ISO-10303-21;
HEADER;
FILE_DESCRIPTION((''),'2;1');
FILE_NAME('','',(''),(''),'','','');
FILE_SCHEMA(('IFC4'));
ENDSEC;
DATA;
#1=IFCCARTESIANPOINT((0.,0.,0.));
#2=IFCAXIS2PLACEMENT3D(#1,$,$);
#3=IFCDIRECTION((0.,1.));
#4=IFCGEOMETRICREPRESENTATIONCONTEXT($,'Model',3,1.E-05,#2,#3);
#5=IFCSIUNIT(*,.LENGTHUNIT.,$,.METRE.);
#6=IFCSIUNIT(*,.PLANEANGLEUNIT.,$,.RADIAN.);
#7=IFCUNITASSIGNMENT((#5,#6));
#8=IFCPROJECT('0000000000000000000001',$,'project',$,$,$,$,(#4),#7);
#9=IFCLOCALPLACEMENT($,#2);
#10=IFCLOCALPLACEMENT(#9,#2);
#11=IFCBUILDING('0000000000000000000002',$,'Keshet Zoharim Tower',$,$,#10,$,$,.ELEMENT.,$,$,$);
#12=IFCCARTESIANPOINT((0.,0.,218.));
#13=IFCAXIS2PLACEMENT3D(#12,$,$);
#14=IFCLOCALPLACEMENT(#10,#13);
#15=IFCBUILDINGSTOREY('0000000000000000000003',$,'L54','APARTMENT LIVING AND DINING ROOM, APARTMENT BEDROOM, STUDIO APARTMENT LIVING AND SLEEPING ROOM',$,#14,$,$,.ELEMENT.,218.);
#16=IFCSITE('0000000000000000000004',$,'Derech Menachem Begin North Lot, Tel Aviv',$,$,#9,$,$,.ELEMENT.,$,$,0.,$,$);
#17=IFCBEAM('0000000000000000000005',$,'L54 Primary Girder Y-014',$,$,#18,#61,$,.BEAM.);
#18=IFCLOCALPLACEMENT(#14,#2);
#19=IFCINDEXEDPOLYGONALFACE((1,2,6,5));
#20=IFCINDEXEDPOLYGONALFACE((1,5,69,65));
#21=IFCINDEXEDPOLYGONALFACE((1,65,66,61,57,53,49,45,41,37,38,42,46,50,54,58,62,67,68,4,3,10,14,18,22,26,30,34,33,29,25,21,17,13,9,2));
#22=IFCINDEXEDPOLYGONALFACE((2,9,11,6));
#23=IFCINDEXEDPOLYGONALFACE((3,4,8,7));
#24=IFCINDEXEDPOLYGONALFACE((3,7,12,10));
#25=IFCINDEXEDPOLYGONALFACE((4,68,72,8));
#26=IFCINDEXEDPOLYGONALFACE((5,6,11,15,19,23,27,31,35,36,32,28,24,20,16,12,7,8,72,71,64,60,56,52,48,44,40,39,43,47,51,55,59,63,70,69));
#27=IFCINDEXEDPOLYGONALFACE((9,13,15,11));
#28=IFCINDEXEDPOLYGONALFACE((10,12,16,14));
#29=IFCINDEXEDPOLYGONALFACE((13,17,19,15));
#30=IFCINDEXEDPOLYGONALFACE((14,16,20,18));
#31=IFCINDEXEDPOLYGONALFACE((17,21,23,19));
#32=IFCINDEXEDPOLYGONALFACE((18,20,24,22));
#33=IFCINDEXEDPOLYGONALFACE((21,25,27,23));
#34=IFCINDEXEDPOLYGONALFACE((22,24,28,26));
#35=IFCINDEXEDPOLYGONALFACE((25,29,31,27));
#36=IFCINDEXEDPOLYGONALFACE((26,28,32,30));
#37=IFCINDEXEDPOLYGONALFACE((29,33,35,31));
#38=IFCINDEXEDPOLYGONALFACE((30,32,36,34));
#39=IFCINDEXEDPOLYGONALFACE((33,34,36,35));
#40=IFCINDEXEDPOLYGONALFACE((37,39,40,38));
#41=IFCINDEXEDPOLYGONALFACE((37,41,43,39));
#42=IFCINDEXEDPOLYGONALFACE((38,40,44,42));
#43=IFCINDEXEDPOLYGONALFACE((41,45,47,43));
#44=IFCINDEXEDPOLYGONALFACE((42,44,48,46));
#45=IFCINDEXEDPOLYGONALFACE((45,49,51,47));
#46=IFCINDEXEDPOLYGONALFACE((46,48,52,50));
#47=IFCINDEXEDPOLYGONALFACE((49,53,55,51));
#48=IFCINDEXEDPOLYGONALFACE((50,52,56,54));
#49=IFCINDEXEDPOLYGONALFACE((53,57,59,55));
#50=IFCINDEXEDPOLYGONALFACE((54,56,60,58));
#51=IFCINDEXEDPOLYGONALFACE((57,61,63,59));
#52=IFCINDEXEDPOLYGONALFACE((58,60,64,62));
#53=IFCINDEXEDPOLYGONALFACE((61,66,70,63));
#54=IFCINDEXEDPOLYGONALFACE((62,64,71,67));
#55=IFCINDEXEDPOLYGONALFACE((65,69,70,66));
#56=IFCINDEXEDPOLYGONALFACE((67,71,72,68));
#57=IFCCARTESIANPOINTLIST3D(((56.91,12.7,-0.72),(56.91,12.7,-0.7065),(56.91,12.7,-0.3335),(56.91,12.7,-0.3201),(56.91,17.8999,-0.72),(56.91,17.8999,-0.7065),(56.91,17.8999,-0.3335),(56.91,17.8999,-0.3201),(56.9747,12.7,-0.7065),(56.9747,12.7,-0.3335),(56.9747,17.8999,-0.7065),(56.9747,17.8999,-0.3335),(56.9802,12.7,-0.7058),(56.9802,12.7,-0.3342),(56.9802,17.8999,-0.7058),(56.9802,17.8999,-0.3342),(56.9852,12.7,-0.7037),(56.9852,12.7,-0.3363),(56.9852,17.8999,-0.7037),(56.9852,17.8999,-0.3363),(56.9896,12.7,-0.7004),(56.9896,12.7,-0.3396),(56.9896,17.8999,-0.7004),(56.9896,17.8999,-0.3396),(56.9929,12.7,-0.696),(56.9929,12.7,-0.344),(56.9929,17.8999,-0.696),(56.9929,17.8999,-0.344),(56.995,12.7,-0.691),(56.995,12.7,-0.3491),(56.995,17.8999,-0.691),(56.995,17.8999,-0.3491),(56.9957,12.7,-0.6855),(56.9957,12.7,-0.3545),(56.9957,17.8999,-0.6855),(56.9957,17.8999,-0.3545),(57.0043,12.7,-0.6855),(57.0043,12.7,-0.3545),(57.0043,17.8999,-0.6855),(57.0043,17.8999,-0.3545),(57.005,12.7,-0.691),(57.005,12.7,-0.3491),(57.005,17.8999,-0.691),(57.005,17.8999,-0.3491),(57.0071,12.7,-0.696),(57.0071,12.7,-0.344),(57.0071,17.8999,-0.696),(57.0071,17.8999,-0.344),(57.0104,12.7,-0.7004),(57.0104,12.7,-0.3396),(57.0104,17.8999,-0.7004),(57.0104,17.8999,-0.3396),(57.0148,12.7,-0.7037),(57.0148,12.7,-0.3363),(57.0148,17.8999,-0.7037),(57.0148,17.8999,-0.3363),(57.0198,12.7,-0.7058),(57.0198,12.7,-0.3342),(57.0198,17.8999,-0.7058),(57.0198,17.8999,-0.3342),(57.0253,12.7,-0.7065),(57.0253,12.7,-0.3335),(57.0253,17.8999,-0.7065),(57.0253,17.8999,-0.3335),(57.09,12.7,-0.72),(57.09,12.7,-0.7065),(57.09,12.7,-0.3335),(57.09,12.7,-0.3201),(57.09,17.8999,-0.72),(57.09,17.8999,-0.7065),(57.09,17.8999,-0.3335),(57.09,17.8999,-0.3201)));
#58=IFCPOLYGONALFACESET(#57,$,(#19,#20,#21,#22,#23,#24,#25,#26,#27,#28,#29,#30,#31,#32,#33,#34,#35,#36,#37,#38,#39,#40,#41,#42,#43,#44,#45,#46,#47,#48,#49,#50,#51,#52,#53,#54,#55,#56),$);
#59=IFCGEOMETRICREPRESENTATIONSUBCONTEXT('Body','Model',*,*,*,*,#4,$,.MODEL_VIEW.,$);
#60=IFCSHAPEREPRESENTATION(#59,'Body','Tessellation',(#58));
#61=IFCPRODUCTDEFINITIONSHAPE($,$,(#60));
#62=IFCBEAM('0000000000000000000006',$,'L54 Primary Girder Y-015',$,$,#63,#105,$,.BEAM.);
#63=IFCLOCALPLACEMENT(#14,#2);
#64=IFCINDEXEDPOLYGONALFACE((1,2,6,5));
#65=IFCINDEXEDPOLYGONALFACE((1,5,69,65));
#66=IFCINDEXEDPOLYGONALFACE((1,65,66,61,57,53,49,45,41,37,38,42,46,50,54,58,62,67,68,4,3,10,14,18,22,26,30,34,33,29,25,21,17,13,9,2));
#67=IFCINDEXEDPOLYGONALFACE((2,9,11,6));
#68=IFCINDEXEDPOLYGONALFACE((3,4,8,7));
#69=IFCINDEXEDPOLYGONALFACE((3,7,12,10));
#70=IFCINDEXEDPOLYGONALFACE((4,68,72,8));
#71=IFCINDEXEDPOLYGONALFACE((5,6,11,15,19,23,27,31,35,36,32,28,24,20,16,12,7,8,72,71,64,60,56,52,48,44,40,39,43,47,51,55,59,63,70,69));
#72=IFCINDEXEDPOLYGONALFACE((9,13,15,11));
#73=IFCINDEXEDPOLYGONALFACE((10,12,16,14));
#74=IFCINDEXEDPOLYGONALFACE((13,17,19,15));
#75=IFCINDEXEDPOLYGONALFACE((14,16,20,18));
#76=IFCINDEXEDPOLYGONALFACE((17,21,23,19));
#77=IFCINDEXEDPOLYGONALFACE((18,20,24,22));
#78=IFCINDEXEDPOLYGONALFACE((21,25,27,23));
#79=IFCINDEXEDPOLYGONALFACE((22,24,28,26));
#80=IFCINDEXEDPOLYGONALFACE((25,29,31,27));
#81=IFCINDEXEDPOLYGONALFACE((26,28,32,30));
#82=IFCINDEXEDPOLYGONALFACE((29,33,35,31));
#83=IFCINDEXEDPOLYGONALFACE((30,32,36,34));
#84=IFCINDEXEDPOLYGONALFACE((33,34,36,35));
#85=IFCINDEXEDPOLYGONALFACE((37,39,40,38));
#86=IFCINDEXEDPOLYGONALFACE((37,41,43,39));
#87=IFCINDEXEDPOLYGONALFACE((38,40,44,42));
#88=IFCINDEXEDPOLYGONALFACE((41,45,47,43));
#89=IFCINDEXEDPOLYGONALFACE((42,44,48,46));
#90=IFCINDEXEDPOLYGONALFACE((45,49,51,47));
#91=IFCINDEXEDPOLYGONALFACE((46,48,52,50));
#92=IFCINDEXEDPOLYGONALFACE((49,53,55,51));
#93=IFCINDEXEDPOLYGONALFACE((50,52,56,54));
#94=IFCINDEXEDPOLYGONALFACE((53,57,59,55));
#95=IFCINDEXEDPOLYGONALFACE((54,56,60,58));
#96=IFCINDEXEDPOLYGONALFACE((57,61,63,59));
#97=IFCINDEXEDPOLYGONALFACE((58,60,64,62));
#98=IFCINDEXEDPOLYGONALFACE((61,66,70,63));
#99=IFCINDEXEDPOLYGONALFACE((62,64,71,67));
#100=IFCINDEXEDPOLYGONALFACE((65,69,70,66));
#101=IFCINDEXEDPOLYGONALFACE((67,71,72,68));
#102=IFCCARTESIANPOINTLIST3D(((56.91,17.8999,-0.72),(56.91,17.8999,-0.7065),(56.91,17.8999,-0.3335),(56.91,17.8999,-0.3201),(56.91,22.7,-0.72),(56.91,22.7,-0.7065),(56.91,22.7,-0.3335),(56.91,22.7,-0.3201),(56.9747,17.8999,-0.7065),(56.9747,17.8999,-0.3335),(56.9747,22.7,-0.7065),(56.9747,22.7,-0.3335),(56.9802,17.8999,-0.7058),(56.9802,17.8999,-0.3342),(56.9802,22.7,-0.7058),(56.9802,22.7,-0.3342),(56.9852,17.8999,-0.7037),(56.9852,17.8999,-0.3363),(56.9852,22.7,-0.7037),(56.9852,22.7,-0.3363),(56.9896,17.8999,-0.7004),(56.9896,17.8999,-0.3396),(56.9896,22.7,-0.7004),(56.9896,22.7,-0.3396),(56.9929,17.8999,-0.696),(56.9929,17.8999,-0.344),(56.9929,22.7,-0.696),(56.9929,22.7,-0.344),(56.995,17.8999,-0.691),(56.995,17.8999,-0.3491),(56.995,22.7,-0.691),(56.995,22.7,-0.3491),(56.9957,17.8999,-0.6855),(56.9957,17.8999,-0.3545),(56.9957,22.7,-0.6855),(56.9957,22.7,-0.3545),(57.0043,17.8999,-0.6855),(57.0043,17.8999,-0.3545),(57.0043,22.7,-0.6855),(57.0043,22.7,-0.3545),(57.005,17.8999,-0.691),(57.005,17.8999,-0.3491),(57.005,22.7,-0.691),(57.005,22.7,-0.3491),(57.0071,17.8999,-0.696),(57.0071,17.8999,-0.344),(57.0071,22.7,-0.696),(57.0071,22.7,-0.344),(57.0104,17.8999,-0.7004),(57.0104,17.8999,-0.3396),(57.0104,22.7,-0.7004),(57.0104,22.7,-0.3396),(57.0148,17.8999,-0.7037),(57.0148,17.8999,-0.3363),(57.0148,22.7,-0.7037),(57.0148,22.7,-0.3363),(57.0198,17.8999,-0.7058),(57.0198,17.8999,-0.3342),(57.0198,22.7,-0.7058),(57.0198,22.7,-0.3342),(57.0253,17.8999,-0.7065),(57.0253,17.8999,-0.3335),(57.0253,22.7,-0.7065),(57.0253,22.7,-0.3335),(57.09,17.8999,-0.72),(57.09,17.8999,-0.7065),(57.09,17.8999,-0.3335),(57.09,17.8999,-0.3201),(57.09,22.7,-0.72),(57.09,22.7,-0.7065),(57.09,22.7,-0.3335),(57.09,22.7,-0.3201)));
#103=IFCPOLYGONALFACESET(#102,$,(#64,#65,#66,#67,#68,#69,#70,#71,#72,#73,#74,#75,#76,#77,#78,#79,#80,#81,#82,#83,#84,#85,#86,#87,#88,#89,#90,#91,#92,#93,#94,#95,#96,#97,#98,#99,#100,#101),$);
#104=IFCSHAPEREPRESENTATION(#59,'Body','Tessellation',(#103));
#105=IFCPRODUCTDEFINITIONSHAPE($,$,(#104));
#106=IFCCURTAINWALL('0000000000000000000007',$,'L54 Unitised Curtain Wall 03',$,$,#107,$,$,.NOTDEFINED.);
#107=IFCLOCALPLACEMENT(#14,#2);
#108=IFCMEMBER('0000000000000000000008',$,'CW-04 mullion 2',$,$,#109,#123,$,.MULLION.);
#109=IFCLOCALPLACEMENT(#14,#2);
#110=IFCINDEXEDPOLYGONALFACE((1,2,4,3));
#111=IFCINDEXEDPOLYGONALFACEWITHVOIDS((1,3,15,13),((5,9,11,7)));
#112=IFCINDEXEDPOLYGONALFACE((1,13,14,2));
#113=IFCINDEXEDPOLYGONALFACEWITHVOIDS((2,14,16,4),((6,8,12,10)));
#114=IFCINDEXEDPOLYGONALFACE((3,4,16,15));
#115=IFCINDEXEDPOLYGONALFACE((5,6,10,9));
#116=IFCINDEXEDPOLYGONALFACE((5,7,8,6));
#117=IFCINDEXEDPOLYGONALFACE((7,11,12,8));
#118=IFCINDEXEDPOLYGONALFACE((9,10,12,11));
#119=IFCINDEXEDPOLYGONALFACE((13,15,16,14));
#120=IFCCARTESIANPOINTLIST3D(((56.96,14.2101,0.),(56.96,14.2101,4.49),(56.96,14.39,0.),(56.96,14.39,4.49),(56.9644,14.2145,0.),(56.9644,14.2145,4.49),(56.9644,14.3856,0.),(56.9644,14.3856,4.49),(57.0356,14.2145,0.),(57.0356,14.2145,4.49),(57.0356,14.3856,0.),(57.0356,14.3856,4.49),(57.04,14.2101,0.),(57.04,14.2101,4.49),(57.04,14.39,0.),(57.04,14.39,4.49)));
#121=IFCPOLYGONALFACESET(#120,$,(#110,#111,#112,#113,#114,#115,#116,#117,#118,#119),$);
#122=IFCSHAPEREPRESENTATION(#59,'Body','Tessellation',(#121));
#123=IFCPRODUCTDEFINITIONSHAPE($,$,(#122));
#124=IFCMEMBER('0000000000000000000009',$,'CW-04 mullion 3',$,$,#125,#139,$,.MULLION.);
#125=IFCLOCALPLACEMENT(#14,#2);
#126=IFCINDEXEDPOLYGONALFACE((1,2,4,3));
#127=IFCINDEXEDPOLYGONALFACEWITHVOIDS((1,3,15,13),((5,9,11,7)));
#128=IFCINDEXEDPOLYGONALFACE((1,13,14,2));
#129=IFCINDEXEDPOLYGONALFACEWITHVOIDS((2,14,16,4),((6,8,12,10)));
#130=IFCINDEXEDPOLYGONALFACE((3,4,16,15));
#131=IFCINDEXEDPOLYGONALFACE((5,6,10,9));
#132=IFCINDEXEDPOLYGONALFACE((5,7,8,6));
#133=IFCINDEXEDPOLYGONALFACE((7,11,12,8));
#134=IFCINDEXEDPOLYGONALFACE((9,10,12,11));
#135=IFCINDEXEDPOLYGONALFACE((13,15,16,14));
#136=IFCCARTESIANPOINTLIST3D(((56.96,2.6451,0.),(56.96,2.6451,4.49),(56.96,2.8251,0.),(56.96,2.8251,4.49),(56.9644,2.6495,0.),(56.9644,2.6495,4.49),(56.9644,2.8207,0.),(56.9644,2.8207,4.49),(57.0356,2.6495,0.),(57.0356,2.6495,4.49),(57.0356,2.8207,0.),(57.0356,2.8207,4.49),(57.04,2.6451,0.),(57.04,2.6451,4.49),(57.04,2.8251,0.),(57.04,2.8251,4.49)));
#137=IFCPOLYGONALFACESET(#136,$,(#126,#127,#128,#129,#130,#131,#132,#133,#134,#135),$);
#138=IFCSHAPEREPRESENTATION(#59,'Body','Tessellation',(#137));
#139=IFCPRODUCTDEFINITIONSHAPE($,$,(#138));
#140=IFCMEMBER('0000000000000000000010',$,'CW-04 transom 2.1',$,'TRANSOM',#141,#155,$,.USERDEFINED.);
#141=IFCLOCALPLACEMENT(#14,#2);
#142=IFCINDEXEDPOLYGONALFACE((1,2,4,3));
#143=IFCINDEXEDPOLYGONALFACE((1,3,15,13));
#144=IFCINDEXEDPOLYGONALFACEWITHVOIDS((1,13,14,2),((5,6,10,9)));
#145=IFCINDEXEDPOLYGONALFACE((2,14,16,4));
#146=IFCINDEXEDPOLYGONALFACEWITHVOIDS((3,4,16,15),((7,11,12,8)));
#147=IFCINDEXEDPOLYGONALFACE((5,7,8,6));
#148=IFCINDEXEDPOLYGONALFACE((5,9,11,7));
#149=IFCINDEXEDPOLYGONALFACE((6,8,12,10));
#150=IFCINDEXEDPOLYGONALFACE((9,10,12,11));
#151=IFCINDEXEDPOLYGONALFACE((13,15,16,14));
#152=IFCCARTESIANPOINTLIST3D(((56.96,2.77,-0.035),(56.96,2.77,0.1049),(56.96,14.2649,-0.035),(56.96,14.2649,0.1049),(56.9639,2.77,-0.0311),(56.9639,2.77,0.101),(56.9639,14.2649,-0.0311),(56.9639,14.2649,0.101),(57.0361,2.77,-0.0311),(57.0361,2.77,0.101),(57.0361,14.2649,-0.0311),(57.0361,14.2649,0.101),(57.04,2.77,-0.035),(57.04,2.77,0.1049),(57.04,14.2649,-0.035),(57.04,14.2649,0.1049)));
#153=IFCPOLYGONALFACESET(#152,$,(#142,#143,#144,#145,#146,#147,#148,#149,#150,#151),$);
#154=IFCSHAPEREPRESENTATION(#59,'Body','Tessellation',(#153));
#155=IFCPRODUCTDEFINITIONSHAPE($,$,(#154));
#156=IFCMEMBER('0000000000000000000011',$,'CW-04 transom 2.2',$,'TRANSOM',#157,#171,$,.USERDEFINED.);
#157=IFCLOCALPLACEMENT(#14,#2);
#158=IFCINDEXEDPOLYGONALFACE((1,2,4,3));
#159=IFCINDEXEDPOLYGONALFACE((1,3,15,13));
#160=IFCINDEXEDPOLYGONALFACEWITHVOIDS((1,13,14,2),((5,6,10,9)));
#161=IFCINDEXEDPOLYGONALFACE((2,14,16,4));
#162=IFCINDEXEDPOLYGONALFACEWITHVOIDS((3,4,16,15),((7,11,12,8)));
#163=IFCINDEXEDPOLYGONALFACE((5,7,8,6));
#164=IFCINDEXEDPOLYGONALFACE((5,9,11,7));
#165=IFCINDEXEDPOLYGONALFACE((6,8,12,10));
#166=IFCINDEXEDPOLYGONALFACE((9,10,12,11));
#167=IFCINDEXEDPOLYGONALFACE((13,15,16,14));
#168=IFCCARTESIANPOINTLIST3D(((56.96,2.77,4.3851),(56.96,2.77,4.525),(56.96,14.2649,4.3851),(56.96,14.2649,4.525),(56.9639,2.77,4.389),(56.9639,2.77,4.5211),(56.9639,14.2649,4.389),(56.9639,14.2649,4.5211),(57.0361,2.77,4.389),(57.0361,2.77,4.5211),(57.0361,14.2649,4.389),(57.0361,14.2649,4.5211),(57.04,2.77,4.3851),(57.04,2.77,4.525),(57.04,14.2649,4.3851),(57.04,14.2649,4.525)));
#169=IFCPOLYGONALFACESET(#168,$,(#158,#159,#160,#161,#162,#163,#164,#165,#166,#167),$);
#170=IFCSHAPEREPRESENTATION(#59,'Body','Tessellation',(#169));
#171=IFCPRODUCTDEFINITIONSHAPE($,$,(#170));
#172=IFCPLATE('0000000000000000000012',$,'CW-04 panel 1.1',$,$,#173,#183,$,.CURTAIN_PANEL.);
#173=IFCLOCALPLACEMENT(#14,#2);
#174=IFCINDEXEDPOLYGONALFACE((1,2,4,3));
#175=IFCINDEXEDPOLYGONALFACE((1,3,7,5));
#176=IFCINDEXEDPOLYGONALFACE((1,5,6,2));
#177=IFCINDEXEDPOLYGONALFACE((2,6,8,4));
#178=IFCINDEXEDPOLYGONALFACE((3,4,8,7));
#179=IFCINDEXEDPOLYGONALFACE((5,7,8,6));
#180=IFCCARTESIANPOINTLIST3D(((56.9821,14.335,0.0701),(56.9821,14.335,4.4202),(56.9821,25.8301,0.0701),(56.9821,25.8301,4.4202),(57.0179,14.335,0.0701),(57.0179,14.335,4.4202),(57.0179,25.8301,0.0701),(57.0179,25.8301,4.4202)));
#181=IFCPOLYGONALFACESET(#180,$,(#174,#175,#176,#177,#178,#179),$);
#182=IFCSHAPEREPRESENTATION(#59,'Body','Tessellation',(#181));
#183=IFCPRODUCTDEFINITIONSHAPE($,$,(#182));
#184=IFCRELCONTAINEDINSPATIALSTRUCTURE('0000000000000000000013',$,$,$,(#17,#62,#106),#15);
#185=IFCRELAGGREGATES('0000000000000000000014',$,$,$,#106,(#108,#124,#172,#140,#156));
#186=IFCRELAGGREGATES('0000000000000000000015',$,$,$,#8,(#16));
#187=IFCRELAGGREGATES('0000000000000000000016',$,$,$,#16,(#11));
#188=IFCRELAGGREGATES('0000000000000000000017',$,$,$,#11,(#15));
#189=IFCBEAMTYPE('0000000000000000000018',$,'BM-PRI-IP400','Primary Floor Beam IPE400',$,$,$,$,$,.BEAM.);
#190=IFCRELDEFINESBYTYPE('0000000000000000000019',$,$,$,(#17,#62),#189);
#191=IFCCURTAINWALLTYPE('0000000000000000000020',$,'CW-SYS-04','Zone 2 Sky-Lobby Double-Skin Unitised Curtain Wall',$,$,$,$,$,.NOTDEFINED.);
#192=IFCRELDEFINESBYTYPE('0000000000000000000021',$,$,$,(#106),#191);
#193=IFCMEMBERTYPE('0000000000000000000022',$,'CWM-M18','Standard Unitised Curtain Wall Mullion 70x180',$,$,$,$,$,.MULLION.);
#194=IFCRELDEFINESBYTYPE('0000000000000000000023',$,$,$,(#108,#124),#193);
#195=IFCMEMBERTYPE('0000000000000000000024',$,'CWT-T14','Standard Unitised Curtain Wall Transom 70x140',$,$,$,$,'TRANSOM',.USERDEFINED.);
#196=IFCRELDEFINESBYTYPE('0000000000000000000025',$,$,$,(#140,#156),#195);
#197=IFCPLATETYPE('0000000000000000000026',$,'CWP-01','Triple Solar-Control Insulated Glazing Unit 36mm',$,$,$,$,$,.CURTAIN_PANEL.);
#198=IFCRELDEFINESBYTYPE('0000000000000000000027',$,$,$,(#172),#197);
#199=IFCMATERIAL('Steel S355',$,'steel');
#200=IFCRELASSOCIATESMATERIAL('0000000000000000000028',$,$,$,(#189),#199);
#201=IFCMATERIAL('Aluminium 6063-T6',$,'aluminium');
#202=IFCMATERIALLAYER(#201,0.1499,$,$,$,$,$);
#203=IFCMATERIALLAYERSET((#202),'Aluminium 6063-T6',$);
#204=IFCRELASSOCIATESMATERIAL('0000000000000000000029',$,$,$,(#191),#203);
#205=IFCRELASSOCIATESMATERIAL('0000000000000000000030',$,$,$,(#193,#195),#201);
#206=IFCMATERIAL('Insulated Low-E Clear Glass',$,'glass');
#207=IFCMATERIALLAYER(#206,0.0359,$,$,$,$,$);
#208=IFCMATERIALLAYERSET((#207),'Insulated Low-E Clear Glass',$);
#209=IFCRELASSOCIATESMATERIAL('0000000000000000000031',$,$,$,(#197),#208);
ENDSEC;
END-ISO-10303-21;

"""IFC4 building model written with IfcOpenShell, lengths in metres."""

from ifc_helpers import new_model, si_unit, direction, frame, origin, origin_2d, place, context, subcontext, project, spatial, rectangle, hollow_rectangle, i_section, extrude, material, layer, layer_set, material_profile, profile_set, type_object, element, aggregate, save


model = new_model("IFC4")

# Units and contexts
model_context = context("Model", 3, precision=1e-05, world=origin(), true_north=direction((0.0, 1.0)))
body_context = subcontext(model_context, "Body", "Model", "MODEL_VIEW")
ifc_project = project(units=[si_unit("LENGTHUNIT", "METRE"), si_unit("PLANEANGLEUNIT", "RADIAN")], contexts=[model_context])

# Site, building, storey
site_placement = place(None, origin())
site = spatial("IfcSite", under=ifc_project, at=site_placement, Name="Derech Menachem Begin North Lot, Tel Aviv", CompositionType="ELEMENT", RefElevation=0.0)
building_placement = place(site_placement, origin())
building = spatial("IfcBuilding", under=site, at=building_placement, Name="Keshet Zoharim Tower", CompositionType="ELEMENT")
storey_placement = place(building_placement, frame((0.0, 0.0, 218.0)))
storey = spatial("IfcBuildingStorey", under=building, at=storey_placement, Name="L54", Description="APARTMENT LIVING AND DINING ROOM, APARTMENT BEDROOM, STUDIO APARTMENT LIVING AND SLEEPING ROOM", CompositionType="ELEMENT", Elevation=218.0)

# Shared definitions
ifc_material_1 = material(Name="Steel S355", Category="steel")

# Beams
ifc_material_profile_1 = material_profile(ifc_material_1, i_section(OverallWidth=0.1799, OverallDepth=0.3999, WebThickness=0.0085, FlangeThickness=0.0134, FilletRadius=0.021, at=origin_2d()), Name="IPE400")
ifc_profile_set_1 = profile_set([ifc_material_profile_1], Name="Steel S355")
beam_type = type_object("IfcBeamType", Name="BM-PRI-IP400", Description="Primary Floor Beam IPE400", PredefinedType="BEAM", material=ifc_profile_set_1)
beam_1_placement = place(storey_placement, frame((57.0, 12.7, -0.52), z_axis=(0.0, 1.0, 0.0), x_axis=(-1.0, 0.0, 0.0)))
element("IfcBeam", 1, at=beam_1_placement, inside=storey, type_object=beam_type, Name="L54 Primary Girder Y-014", PredefinedType="BEAM", context=body_context, shape_type="SweptSolid", body=[
    extrude(i_section(OverallWidth=0.1799, OverallDepth=0.3999, WebThickness=0.0085, FlangeThickness=0.0134, FilletRadius=0.021, at=origin_2d()), origin(), (0.0, 0.0, 1.0), 5.2),
])
beam_2_placement = place(storey_placement, frame((57.0, 17.8999, -0.52), z_axis=(0.0, 1.0, 0.0), x_axis=(-1.0, 0.0, 0.0)))
element("IfcBeam", 2, at=beam_2_placement, inside=storey, type_object=beam_type, Name="L54 Primary Girder Y-015", PredefinedType="BEAM", context=body_context, shape_type="SweptSolid", body=[
    extrude(i_section(OverallWidth=0.1799, OverallDepth=0.3999, WebThickness=0.0085, FlangeThickness=0.0134, FilletRadius=0.021, at=origin_2d()), origin(), (0.0, 0.0, 1.0), 4.8),
])

# Curtain wall, members, plate
ifc_material_2 = material(Name="Aluminium 6063-T6", Category="aluminium")
ifc_layer_1 = layer(ifc_material_2, 0.1499)
ifc_layer_set_1 = layer_set([ifc_layer_1], Name="Aluminium 6063-T6")
curtain_wall_type = type_object("IfcCurtainWallType", Name="CW-SYS-04", Description="Zone 2 Sky-Lobby Double-Skin Unitised Curtain Wall", PredefinedType="NOTDEFINED", material=ifc_layer_set_1)
curtain_wall_placement = place(storey_placement, origin())
curtain_wall = element("IfcCurtainWall", 3, at=curtain_wall_placement, inside=storey, type_object=curtain_wall_type, Name="L54 Unitised Curtain Wall 03", PredefinedType="NOTDEFINED")
ifc_material_profile_2 = material_profile(ifc_material_2, hollow_rectangle(XDim=0.0801, YDim=0.1799, WallThickness=0.0044, at=origin_2d()), Name="MUL-80x180")
ifc_profile_set_2 = profile_set([ifc_material_profile_2], Name="Aluminium 6063-T6")
member_type_1 = type_object("IfcMemberType", Name="CWM-M18", Description="Standard Unitised Curtain Wall Mullion 70x180", PredefinedType="MULLION", material=ifc_profile_set_2)
member_1_placement = place(storey_placement, frame((57.0, 14.3, 0.0), z_axis=(0.0, 0.0, 1.0), x_axis=(1.0, 0.0, 0.0)))
member_1 = element("IfcMember", 4, at=member_1_placement, type_object=member_type_1, Name="CW-04 mullion 2", PredefinedType="MULLION", context=body_context, shape_type="SweptSolid", body=[
    extrude(hollow_rectangle(XDim=0.0801, YDim=0.1799, WallThickness=0.0044, at=origin_2d()), origin(), (0.0, 0.0, 1.0), 4.49),
])
member_2_placement = place(storey_placement, frame((57.0, 2.7351, 0.0), z_axis=(0.0, 0.0, 1.0), x_axis=(1.0, 0.0, 0.0)))
member_2 = element("IfcMember", 5, at=member_2_placement, type_object=member_type_1, Name="CW-04 mullion 3", PredefinedType="MULLION", context=body_context, shape_type="SweptSolid", body=[
    extrude(hollow_rectangle(XDim=0.0801, YDim=0.1799, WallThickness=0.0044, at=origin_2d()), origin(), (0.0, 0.0, 1.0), 4.49),
])
ifc_material_profile_3 = material_profile(ifc_material_2, hollow_rectangle(XDim=0.0801, YDim=0.1399, WallThickness=0.0039, at=origin_2d()), Name="TRN-80x140")
ifc_profile_set_3 = profile_set([ifc_material_profile_3], Name="Aluminium 6063-T6")
member_type_2 = type_object("IfcMemberType", Name="CWT-T14", Description="Standard Unitised Curtain Wall Transom 70x140", ElementType="TRANSOM", PredefinedType="USERDEFINED", material=ifc_profile_set_3)
member_3_placement = place(storey_placement, frame((57.0, 14.2649, 0.0349), z_axis=(0.0, -1.0, 0.0), x_axis=(1.0, 0.0, 0.0)))
member_3 = element("IfcMember", 6, at=member_3_placement, type_object=member_type_2, Name="CW-04 transom 2.1", ObjectType="TRANSOM", PredefinedType="USERDEFINED", context=body_context, shape_type="SweptSolid", body=[
    extrude(hollow_rectangle(XDim=0.0801, YDim=0.1399, WallThickness=0.0039, at=origin_2d()), origin(), (0.0, 0.0, 1.0), 11.4949),
])
member_4_placement = place(storey_placement, frame((57.0, 14.2649, 4.4551), z_axis=(0.0, -1.0, 0.0), x_axis=(1.0, 0.0, 0.0)))
member_4 = element("IfcMember", 7, at=member_4_placement, type_object=member_type_2, Name="CW-04 transom 2.2", ObjectType="TRANSOM", PredefinedType="USERDEFINED", context=body_context, shape_type="SweptSolid", body=[
    extrude(hollow_rectangle(XDim=0.0801, YDim=0.1399, WallThickness=0.0039, at=origin_2d()), origin(), (0.0, 0.0, 1.0), 11.4949),
])
ifc_material_3 = material(Name="Insulated Low-E Clear Glass", Category="glass")
ifc_layer_2 = layer(ifc_material_3, 0.0359)
ifc_layer_set_2 = layer_set([ifc_layer_2], Name="Insulated Low-E Clear Glass")
plate_type = type_object("IfcPlateType", Name="CWP-01", Description="Triple Solar-Control Insulated Glazing Unit 36mm", PredefinedType="CURTAIN_PANEL", material=ifc_layer_set_2)
plate_1_placement = place(storey_placement, frame((57.0, 20.0825, 0.0701), z_axis=(0.0, 0.0, 1.0), x_axis=(0.0, -1.0, 0.0)))
plate_1 = element("IfcPlate", 8, at=plate_1_placement, type_object=plate_type, Name="CW-04 panel 1.1", PredefinedType="CURTAIN_PANEL", context=body_context, shape_type="SweptSolid", body=[
    extrude(rectangle(XDim=11.4951, YDim=0.0359, at=origin_2d()), origin(), (0.0, 0.0, 1.0), 4.3501),
])
aggregate(curtain_wall, [member_1, member_2, plate_1, member_3, member_4])

save(model, "model.ifc")
